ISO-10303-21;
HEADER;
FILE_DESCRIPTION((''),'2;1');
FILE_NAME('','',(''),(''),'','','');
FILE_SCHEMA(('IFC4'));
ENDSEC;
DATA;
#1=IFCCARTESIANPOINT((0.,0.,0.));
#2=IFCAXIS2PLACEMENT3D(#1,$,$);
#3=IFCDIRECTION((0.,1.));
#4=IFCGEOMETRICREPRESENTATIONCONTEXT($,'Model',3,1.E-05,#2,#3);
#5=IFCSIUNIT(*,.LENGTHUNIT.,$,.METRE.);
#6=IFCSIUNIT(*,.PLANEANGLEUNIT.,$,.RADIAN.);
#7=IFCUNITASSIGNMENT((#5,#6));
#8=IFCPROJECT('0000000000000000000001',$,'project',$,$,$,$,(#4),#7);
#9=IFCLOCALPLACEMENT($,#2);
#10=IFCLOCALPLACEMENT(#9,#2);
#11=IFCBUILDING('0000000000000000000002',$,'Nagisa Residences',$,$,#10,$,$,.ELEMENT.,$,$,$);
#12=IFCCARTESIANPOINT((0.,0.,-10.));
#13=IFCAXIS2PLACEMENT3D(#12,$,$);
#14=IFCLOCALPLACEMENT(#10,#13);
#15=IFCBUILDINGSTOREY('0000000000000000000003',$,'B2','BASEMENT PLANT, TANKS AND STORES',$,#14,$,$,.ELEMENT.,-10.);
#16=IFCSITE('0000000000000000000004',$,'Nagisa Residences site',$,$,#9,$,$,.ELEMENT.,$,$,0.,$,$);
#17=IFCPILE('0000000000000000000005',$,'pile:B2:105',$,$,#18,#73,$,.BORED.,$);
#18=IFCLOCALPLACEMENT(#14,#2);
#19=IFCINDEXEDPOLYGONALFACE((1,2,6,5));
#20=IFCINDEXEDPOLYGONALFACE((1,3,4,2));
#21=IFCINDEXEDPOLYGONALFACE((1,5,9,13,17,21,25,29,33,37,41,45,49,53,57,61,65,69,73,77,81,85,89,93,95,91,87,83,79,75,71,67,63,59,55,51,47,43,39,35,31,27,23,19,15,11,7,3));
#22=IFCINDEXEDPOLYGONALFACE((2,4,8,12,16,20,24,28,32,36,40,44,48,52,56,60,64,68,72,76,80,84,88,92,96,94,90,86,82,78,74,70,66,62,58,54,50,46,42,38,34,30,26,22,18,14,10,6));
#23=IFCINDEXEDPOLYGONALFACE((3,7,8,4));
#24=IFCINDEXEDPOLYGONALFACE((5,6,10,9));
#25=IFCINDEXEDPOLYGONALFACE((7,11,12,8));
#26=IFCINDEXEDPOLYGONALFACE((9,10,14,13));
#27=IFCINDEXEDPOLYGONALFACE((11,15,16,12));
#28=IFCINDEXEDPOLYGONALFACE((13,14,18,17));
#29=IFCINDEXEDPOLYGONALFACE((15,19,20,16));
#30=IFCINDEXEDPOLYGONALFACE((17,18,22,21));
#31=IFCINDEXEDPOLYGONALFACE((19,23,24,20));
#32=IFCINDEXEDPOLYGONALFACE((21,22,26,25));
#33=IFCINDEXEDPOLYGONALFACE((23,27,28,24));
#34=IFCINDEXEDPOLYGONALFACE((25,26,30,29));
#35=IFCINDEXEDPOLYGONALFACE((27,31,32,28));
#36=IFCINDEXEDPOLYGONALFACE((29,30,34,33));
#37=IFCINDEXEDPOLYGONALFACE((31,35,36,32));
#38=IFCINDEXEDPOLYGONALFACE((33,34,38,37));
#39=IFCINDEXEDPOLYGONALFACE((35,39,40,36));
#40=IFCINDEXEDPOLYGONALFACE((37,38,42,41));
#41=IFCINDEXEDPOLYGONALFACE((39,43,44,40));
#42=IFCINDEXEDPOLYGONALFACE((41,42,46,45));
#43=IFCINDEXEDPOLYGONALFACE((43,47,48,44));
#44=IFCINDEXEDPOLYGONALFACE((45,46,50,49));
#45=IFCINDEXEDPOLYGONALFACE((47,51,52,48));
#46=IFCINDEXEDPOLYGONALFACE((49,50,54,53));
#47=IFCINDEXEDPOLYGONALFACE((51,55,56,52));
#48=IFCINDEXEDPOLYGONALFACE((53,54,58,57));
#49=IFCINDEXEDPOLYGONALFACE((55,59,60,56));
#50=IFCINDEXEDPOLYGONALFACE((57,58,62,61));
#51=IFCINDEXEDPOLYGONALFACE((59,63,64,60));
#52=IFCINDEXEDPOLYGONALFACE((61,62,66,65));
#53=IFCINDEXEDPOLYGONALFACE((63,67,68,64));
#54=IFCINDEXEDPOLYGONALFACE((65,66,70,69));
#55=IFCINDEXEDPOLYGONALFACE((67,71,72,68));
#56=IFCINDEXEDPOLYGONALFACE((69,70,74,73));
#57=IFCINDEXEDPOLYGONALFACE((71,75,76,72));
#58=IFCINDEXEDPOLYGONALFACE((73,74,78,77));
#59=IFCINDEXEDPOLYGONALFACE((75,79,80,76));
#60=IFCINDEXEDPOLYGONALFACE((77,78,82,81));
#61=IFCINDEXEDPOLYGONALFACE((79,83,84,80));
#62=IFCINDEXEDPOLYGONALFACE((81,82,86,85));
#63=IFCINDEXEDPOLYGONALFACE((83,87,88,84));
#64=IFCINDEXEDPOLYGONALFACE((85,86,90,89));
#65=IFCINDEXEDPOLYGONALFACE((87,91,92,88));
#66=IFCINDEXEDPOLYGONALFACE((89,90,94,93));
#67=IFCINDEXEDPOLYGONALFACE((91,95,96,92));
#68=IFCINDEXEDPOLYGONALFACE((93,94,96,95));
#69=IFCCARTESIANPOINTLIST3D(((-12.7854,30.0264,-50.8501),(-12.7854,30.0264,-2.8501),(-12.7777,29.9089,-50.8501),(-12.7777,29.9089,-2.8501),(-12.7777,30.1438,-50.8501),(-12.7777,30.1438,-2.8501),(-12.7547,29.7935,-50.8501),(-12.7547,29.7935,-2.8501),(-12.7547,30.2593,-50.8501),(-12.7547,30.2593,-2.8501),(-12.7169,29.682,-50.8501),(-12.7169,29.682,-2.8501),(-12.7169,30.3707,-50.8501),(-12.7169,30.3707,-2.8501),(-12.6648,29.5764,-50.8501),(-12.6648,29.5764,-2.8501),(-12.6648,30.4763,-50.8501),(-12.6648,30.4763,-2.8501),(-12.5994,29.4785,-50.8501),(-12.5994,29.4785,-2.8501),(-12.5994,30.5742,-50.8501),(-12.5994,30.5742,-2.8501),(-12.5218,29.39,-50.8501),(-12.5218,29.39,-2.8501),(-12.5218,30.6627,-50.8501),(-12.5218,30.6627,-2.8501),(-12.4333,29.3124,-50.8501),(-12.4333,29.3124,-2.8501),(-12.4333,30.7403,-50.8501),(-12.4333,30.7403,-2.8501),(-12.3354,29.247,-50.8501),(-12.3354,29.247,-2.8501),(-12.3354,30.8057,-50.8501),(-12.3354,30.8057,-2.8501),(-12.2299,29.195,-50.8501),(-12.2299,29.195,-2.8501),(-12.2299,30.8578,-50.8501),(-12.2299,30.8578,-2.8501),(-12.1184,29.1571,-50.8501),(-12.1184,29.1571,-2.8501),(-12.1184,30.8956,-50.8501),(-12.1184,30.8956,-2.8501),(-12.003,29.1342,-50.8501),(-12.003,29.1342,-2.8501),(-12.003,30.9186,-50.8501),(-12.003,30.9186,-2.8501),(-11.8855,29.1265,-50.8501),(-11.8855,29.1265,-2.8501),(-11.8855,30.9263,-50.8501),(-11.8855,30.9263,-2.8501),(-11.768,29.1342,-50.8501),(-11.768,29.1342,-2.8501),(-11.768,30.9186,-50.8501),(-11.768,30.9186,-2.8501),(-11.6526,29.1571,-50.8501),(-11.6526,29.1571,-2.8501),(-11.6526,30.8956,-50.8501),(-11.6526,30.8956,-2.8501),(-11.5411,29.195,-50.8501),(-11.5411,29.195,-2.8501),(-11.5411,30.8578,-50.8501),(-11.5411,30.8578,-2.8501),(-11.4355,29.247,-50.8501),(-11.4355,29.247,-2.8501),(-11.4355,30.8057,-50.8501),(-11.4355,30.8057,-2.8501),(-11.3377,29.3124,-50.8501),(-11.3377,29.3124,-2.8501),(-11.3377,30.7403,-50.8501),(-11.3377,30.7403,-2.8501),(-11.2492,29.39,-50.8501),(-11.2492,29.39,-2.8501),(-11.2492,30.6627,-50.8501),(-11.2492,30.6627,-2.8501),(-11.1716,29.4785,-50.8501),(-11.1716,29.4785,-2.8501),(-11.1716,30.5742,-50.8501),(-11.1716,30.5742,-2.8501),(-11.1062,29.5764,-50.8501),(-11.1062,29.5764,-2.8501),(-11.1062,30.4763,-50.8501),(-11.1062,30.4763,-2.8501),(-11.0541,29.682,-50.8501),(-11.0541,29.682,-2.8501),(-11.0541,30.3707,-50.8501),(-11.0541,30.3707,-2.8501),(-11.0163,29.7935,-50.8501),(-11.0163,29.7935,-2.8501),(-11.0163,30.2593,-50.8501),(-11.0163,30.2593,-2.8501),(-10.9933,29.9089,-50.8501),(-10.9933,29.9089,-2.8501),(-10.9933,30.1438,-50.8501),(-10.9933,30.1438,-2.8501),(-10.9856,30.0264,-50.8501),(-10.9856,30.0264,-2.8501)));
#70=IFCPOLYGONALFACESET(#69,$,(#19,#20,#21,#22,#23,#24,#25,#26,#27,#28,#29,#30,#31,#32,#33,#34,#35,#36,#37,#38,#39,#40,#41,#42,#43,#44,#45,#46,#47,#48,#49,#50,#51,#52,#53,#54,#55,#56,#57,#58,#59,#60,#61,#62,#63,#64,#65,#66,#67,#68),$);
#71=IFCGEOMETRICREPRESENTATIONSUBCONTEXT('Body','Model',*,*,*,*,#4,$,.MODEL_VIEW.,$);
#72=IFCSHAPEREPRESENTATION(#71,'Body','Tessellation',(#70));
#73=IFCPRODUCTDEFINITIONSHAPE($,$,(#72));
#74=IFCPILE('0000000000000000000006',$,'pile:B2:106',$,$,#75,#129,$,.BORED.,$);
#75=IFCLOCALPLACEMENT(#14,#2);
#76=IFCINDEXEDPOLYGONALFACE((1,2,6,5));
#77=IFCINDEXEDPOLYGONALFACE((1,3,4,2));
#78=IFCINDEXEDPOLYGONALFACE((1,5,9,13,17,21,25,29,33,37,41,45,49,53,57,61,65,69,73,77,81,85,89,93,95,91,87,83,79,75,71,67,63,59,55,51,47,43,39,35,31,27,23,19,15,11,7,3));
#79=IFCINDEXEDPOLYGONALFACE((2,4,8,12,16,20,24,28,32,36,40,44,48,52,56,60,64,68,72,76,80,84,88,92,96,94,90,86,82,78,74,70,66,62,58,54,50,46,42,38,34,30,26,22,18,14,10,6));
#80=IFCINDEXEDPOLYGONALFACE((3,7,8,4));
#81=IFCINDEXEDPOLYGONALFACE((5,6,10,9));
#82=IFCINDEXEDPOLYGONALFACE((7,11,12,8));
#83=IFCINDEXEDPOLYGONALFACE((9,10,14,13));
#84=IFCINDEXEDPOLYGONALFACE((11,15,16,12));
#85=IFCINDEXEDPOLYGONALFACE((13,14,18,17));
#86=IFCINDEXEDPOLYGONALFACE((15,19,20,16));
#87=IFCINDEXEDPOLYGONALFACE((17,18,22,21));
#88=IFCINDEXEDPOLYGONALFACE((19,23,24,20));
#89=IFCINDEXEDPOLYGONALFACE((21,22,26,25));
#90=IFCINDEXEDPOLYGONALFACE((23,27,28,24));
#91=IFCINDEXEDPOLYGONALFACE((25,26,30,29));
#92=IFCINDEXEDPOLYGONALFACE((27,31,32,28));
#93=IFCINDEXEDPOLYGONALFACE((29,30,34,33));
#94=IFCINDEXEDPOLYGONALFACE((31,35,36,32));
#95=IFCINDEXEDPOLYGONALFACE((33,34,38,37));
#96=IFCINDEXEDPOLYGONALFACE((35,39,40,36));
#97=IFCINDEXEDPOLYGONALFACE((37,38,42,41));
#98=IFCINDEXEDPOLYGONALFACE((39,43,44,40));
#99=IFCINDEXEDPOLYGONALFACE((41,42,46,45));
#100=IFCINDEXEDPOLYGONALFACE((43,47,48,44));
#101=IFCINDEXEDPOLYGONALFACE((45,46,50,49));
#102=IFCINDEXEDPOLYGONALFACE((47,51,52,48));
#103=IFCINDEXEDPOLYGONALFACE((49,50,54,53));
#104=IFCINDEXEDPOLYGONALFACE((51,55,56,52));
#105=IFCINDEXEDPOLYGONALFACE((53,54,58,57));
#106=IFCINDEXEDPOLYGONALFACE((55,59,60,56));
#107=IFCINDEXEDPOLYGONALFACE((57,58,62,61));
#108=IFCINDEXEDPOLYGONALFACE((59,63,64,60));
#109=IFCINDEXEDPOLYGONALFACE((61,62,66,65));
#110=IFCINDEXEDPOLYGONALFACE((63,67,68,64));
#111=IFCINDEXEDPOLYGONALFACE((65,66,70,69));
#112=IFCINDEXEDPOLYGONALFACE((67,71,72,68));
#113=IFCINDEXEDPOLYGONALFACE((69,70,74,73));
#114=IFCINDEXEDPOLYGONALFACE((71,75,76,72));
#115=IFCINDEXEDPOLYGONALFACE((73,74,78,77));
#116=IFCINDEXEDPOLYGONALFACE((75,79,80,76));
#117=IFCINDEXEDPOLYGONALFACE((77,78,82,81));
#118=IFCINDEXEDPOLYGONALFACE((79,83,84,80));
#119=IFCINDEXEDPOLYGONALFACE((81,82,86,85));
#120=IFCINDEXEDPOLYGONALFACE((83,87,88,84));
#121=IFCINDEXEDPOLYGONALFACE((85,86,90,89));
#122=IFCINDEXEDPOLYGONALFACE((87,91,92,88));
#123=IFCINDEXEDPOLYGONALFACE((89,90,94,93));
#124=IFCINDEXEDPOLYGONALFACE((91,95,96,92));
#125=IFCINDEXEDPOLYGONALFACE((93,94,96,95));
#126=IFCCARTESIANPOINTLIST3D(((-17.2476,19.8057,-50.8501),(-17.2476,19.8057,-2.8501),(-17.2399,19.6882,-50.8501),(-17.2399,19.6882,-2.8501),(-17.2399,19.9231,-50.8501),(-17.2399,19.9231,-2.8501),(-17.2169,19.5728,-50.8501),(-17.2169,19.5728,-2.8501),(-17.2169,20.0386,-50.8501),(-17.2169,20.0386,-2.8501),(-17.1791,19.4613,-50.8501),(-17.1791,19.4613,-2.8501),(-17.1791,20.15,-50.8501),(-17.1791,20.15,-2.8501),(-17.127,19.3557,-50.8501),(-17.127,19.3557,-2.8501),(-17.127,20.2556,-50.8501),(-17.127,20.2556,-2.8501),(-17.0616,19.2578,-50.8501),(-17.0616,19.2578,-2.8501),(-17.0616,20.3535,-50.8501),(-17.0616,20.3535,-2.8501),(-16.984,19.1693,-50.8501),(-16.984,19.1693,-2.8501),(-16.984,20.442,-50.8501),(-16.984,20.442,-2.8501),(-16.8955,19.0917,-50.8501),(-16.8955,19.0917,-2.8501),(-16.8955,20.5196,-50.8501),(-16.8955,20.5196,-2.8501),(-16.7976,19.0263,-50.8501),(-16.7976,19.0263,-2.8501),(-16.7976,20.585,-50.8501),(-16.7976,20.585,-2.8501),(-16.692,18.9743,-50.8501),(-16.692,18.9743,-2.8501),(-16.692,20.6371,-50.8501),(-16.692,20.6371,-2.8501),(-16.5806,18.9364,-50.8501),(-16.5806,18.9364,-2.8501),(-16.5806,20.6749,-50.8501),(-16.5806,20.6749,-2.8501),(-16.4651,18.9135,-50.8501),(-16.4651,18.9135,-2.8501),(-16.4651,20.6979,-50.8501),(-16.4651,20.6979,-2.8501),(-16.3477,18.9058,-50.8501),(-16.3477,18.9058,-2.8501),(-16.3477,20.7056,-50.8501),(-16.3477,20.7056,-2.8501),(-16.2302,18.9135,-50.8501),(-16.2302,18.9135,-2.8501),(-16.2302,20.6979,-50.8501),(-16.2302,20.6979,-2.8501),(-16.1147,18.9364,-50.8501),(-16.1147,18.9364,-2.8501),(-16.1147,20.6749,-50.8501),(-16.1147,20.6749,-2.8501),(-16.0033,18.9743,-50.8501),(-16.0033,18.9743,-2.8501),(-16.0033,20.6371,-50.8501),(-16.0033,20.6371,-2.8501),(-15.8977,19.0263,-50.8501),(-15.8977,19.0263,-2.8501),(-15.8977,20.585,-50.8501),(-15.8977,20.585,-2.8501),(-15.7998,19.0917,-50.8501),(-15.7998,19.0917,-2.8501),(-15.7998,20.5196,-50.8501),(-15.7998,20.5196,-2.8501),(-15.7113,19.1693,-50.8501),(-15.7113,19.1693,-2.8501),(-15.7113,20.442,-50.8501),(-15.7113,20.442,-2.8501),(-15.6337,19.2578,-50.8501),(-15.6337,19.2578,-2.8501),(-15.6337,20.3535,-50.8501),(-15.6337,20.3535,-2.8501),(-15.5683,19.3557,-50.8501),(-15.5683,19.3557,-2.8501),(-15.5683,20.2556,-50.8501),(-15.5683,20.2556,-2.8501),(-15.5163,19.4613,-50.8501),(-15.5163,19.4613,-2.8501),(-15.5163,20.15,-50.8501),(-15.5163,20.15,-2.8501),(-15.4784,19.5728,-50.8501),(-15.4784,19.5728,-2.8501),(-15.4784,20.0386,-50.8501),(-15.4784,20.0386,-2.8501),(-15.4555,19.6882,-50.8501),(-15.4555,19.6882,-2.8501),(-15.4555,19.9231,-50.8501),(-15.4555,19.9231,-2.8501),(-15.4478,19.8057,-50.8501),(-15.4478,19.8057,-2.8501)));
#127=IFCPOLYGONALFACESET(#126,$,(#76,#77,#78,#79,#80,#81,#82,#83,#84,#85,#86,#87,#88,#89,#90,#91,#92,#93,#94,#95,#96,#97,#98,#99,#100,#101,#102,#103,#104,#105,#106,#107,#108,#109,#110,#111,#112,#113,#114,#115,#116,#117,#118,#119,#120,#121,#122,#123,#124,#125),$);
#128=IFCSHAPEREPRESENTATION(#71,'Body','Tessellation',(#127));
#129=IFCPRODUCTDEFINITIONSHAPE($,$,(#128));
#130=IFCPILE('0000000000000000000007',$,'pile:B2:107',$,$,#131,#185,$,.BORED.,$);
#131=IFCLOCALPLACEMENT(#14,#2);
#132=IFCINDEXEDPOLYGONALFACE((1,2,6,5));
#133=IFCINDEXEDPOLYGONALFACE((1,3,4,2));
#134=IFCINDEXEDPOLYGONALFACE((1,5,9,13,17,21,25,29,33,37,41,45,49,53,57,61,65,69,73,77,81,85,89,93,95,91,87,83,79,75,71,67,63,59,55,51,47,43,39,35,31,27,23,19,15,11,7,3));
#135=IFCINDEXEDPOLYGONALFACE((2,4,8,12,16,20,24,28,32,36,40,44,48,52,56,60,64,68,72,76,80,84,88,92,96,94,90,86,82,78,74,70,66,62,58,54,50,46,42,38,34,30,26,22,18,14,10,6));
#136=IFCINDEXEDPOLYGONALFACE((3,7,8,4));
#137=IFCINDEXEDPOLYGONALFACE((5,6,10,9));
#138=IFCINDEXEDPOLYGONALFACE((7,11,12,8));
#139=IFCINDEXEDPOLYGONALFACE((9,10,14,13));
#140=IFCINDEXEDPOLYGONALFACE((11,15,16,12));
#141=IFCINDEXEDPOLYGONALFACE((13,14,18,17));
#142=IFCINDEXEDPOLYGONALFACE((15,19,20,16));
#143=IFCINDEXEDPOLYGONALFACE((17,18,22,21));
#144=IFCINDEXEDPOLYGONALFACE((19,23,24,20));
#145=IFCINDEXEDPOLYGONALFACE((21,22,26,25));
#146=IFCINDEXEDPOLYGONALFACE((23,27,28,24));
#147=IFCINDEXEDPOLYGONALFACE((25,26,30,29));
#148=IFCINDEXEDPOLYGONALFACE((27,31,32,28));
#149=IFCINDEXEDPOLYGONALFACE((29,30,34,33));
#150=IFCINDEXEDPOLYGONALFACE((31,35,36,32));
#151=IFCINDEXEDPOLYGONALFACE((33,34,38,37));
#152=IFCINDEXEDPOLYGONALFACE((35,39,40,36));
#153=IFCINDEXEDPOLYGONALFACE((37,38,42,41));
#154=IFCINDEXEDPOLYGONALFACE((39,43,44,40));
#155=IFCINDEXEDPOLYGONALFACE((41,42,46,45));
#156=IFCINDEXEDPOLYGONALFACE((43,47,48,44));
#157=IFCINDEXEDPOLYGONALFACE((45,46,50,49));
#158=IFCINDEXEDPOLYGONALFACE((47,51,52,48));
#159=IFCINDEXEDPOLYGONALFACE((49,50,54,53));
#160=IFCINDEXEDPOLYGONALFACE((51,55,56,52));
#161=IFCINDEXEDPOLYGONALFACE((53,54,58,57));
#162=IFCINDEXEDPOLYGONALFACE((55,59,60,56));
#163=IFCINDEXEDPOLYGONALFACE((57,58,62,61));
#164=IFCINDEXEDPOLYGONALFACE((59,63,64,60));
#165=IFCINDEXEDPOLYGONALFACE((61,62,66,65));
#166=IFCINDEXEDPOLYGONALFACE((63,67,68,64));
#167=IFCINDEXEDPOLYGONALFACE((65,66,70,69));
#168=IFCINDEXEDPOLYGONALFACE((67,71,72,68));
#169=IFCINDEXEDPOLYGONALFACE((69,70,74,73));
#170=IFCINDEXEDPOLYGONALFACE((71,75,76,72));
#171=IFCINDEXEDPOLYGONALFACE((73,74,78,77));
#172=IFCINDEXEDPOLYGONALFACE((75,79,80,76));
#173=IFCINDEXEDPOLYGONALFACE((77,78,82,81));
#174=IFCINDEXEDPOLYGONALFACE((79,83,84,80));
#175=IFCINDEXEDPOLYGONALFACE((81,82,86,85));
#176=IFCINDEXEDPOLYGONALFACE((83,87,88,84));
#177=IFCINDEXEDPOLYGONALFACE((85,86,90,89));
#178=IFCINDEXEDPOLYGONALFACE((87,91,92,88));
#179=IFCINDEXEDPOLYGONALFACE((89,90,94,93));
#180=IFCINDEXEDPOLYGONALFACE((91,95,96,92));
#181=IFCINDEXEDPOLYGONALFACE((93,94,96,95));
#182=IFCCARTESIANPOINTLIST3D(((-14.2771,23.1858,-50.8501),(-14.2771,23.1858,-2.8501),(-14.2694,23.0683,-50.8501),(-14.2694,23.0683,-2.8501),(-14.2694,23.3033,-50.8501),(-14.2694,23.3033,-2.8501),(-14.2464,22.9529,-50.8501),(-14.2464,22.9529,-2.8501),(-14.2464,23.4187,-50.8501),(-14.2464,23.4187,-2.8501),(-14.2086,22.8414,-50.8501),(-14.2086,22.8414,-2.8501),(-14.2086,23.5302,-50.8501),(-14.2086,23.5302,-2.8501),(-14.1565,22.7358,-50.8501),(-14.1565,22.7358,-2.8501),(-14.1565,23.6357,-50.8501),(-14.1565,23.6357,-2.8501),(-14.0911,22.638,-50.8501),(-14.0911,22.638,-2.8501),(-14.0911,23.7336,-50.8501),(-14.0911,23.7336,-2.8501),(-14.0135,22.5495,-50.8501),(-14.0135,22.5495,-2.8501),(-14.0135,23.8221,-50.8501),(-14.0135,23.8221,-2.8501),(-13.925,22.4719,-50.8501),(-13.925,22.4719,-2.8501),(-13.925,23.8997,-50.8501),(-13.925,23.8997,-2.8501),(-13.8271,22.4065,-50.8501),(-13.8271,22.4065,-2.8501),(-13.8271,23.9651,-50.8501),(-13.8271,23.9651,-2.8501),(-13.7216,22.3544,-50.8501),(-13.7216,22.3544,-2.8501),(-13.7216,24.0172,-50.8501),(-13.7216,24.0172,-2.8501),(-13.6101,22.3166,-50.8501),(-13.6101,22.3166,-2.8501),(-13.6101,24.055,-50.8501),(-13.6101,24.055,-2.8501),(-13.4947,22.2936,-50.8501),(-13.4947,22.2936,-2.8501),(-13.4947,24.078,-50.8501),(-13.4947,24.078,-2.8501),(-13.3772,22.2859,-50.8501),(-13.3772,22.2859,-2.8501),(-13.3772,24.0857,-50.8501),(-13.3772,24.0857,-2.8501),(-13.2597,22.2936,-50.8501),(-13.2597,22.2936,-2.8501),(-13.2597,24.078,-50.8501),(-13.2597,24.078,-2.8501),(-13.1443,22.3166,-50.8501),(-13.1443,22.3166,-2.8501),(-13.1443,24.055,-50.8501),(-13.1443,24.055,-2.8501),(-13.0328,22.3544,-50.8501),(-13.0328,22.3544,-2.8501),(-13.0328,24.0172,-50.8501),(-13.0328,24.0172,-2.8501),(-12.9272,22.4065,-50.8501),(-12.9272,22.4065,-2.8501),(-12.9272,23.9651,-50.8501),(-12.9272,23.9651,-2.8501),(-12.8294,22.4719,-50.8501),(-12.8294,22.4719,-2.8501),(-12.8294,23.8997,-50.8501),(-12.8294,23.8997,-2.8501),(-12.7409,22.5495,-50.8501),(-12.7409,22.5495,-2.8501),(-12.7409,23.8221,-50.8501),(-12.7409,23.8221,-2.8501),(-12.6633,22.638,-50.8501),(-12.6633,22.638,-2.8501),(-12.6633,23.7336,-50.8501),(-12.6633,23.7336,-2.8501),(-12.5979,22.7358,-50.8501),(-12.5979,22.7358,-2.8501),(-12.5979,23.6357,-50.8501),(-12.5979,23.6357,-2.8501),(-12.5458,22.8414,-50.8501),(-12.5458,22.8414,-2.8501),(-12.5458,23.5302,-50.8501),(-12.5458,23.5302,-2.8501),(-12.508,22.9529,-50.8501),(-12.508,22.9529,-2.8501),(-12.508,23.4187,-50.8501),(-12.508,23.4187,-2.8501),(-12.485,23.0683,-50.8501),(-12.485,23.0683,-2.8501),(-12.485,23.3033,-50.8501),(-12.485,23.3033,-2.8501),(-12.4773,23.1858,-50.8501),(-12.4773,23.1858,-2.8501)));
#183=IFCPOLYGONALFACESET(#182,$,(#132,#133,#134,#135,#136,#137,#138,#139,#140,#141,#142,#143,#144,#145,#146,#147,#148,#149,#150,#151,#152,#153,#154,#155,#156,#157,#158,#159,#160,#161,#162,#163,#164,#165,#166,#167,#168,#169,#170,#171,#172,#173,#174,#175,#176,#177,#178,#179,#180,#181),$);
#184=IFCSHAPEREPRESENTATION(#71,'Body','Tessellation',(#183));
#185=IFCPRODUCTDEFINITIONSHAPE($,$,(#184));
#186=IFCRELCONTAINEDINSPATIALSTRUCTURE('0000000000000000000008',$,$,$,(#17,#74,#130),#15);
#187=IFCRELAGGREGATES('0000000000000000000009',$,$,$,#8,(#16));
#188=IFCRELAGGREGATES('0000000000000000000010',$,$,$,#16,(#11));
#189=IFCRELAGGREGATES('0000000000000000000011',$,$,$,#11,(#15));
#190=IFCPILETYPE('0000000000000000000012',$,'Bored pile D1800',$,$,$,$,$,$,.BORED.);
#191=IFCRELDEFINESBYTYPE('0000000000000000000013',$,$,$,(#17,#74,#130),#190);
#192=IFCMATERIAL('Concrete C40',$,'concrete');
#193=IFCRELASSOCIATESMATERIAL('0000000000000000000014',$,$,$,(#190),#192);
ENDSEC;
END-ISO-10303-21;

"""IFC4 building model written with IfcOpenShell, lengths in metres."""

from ifc_helpers import new_model, si_unit, direction, frame, origin, origin_2d, place, context, subcontext, project, spatial, circle, extrude, material, material_profile, profile_set, type_object, element, save


model = new_model("IFC4")

# Units and contexts
model_context = context("Model", 3, precision=1e-05, world=origin(), true_north=direction((0.0, 1.0)))
body_context = subcontext(model_context, "Body", "Model", "MODEL_VIEW")
ifc_project = project(units=[si_unit("LENGTHUNIT", "METRE"), si_unit("PLANEANGLEUNIT", "RADIAN")], contexts=[model_context])

# Site, building, storey
site_placement = place(None, origin())
site = spatial("IfcSite", under=ifc_project, at=site_placement, Name="Nagisa Residences site", CompositionType="ELEMENT", RefElevation=0.0)
building_placement = place(site_placement, origin())
building = spatial("IfcBuilding", under=site, at=building_placement, Name="Nagisa Residences", CompositionType="ELEMENT")
storey_placement = place(building_placement, frame((0.0, 0.0, -10.0)))
storey = spatial("IfcBuildingStorey", under=building, at=storey_placement, Name="B2", Description="BASEMENT PLANT, TANKS AND STORES", CompositionType="ELEMENT", Elevation=-10.0)

# Piles
ifc_material_1 = material(Name="Concrete C40", Category="concrete")
ifc_material_profile_1 = material_profile(ifc_material_1, circle(Radius=0.8999, at=origin_2d()), Name="Bored pile D1800")
ifc_profile_set_1 = profile_set([ifc_material_profile_1], Name="Concrete C40")
pile_type = type_object("IfcPileType", Name="Bored pile D1800", PredefinedType="BORED", material=ifc_profile_set_1)
for number, where, z_axis, x_axis, name in (
    (1, (-11.8855, 30.0264, -2.8501), (0.0, 0.0, -1.0), (1.0, 0.0, 0.0), "pile:B2:105"),
    (2, (-16.3477, 19.8057, -2.8501), (0.0, 0.0, -1.0), (1.0, 0.0, 0.0), "pile:B2:106"),
    (3, (-13.3772, 23.1858, -2.8501), (0.0, 0.0, -1.0), (1.0, 0.0, 0.0), "pile:B2:107"),
):
    element("IfcPile", number, at=place(storey_placement, frame(where, z_axis=z_axis, x_axis=x_axis)), inside=storey, type_object=pile_type, Name=name, PredefinedType="BORED", context=body_context, shape_type="SweptSolid", body=[
        extrude(circle(Radius=0.8999, at=origin_2d()), origin(), (0.0, 0.0, 1.0), 48.0),
    ])

save(model, "model.ifc")
